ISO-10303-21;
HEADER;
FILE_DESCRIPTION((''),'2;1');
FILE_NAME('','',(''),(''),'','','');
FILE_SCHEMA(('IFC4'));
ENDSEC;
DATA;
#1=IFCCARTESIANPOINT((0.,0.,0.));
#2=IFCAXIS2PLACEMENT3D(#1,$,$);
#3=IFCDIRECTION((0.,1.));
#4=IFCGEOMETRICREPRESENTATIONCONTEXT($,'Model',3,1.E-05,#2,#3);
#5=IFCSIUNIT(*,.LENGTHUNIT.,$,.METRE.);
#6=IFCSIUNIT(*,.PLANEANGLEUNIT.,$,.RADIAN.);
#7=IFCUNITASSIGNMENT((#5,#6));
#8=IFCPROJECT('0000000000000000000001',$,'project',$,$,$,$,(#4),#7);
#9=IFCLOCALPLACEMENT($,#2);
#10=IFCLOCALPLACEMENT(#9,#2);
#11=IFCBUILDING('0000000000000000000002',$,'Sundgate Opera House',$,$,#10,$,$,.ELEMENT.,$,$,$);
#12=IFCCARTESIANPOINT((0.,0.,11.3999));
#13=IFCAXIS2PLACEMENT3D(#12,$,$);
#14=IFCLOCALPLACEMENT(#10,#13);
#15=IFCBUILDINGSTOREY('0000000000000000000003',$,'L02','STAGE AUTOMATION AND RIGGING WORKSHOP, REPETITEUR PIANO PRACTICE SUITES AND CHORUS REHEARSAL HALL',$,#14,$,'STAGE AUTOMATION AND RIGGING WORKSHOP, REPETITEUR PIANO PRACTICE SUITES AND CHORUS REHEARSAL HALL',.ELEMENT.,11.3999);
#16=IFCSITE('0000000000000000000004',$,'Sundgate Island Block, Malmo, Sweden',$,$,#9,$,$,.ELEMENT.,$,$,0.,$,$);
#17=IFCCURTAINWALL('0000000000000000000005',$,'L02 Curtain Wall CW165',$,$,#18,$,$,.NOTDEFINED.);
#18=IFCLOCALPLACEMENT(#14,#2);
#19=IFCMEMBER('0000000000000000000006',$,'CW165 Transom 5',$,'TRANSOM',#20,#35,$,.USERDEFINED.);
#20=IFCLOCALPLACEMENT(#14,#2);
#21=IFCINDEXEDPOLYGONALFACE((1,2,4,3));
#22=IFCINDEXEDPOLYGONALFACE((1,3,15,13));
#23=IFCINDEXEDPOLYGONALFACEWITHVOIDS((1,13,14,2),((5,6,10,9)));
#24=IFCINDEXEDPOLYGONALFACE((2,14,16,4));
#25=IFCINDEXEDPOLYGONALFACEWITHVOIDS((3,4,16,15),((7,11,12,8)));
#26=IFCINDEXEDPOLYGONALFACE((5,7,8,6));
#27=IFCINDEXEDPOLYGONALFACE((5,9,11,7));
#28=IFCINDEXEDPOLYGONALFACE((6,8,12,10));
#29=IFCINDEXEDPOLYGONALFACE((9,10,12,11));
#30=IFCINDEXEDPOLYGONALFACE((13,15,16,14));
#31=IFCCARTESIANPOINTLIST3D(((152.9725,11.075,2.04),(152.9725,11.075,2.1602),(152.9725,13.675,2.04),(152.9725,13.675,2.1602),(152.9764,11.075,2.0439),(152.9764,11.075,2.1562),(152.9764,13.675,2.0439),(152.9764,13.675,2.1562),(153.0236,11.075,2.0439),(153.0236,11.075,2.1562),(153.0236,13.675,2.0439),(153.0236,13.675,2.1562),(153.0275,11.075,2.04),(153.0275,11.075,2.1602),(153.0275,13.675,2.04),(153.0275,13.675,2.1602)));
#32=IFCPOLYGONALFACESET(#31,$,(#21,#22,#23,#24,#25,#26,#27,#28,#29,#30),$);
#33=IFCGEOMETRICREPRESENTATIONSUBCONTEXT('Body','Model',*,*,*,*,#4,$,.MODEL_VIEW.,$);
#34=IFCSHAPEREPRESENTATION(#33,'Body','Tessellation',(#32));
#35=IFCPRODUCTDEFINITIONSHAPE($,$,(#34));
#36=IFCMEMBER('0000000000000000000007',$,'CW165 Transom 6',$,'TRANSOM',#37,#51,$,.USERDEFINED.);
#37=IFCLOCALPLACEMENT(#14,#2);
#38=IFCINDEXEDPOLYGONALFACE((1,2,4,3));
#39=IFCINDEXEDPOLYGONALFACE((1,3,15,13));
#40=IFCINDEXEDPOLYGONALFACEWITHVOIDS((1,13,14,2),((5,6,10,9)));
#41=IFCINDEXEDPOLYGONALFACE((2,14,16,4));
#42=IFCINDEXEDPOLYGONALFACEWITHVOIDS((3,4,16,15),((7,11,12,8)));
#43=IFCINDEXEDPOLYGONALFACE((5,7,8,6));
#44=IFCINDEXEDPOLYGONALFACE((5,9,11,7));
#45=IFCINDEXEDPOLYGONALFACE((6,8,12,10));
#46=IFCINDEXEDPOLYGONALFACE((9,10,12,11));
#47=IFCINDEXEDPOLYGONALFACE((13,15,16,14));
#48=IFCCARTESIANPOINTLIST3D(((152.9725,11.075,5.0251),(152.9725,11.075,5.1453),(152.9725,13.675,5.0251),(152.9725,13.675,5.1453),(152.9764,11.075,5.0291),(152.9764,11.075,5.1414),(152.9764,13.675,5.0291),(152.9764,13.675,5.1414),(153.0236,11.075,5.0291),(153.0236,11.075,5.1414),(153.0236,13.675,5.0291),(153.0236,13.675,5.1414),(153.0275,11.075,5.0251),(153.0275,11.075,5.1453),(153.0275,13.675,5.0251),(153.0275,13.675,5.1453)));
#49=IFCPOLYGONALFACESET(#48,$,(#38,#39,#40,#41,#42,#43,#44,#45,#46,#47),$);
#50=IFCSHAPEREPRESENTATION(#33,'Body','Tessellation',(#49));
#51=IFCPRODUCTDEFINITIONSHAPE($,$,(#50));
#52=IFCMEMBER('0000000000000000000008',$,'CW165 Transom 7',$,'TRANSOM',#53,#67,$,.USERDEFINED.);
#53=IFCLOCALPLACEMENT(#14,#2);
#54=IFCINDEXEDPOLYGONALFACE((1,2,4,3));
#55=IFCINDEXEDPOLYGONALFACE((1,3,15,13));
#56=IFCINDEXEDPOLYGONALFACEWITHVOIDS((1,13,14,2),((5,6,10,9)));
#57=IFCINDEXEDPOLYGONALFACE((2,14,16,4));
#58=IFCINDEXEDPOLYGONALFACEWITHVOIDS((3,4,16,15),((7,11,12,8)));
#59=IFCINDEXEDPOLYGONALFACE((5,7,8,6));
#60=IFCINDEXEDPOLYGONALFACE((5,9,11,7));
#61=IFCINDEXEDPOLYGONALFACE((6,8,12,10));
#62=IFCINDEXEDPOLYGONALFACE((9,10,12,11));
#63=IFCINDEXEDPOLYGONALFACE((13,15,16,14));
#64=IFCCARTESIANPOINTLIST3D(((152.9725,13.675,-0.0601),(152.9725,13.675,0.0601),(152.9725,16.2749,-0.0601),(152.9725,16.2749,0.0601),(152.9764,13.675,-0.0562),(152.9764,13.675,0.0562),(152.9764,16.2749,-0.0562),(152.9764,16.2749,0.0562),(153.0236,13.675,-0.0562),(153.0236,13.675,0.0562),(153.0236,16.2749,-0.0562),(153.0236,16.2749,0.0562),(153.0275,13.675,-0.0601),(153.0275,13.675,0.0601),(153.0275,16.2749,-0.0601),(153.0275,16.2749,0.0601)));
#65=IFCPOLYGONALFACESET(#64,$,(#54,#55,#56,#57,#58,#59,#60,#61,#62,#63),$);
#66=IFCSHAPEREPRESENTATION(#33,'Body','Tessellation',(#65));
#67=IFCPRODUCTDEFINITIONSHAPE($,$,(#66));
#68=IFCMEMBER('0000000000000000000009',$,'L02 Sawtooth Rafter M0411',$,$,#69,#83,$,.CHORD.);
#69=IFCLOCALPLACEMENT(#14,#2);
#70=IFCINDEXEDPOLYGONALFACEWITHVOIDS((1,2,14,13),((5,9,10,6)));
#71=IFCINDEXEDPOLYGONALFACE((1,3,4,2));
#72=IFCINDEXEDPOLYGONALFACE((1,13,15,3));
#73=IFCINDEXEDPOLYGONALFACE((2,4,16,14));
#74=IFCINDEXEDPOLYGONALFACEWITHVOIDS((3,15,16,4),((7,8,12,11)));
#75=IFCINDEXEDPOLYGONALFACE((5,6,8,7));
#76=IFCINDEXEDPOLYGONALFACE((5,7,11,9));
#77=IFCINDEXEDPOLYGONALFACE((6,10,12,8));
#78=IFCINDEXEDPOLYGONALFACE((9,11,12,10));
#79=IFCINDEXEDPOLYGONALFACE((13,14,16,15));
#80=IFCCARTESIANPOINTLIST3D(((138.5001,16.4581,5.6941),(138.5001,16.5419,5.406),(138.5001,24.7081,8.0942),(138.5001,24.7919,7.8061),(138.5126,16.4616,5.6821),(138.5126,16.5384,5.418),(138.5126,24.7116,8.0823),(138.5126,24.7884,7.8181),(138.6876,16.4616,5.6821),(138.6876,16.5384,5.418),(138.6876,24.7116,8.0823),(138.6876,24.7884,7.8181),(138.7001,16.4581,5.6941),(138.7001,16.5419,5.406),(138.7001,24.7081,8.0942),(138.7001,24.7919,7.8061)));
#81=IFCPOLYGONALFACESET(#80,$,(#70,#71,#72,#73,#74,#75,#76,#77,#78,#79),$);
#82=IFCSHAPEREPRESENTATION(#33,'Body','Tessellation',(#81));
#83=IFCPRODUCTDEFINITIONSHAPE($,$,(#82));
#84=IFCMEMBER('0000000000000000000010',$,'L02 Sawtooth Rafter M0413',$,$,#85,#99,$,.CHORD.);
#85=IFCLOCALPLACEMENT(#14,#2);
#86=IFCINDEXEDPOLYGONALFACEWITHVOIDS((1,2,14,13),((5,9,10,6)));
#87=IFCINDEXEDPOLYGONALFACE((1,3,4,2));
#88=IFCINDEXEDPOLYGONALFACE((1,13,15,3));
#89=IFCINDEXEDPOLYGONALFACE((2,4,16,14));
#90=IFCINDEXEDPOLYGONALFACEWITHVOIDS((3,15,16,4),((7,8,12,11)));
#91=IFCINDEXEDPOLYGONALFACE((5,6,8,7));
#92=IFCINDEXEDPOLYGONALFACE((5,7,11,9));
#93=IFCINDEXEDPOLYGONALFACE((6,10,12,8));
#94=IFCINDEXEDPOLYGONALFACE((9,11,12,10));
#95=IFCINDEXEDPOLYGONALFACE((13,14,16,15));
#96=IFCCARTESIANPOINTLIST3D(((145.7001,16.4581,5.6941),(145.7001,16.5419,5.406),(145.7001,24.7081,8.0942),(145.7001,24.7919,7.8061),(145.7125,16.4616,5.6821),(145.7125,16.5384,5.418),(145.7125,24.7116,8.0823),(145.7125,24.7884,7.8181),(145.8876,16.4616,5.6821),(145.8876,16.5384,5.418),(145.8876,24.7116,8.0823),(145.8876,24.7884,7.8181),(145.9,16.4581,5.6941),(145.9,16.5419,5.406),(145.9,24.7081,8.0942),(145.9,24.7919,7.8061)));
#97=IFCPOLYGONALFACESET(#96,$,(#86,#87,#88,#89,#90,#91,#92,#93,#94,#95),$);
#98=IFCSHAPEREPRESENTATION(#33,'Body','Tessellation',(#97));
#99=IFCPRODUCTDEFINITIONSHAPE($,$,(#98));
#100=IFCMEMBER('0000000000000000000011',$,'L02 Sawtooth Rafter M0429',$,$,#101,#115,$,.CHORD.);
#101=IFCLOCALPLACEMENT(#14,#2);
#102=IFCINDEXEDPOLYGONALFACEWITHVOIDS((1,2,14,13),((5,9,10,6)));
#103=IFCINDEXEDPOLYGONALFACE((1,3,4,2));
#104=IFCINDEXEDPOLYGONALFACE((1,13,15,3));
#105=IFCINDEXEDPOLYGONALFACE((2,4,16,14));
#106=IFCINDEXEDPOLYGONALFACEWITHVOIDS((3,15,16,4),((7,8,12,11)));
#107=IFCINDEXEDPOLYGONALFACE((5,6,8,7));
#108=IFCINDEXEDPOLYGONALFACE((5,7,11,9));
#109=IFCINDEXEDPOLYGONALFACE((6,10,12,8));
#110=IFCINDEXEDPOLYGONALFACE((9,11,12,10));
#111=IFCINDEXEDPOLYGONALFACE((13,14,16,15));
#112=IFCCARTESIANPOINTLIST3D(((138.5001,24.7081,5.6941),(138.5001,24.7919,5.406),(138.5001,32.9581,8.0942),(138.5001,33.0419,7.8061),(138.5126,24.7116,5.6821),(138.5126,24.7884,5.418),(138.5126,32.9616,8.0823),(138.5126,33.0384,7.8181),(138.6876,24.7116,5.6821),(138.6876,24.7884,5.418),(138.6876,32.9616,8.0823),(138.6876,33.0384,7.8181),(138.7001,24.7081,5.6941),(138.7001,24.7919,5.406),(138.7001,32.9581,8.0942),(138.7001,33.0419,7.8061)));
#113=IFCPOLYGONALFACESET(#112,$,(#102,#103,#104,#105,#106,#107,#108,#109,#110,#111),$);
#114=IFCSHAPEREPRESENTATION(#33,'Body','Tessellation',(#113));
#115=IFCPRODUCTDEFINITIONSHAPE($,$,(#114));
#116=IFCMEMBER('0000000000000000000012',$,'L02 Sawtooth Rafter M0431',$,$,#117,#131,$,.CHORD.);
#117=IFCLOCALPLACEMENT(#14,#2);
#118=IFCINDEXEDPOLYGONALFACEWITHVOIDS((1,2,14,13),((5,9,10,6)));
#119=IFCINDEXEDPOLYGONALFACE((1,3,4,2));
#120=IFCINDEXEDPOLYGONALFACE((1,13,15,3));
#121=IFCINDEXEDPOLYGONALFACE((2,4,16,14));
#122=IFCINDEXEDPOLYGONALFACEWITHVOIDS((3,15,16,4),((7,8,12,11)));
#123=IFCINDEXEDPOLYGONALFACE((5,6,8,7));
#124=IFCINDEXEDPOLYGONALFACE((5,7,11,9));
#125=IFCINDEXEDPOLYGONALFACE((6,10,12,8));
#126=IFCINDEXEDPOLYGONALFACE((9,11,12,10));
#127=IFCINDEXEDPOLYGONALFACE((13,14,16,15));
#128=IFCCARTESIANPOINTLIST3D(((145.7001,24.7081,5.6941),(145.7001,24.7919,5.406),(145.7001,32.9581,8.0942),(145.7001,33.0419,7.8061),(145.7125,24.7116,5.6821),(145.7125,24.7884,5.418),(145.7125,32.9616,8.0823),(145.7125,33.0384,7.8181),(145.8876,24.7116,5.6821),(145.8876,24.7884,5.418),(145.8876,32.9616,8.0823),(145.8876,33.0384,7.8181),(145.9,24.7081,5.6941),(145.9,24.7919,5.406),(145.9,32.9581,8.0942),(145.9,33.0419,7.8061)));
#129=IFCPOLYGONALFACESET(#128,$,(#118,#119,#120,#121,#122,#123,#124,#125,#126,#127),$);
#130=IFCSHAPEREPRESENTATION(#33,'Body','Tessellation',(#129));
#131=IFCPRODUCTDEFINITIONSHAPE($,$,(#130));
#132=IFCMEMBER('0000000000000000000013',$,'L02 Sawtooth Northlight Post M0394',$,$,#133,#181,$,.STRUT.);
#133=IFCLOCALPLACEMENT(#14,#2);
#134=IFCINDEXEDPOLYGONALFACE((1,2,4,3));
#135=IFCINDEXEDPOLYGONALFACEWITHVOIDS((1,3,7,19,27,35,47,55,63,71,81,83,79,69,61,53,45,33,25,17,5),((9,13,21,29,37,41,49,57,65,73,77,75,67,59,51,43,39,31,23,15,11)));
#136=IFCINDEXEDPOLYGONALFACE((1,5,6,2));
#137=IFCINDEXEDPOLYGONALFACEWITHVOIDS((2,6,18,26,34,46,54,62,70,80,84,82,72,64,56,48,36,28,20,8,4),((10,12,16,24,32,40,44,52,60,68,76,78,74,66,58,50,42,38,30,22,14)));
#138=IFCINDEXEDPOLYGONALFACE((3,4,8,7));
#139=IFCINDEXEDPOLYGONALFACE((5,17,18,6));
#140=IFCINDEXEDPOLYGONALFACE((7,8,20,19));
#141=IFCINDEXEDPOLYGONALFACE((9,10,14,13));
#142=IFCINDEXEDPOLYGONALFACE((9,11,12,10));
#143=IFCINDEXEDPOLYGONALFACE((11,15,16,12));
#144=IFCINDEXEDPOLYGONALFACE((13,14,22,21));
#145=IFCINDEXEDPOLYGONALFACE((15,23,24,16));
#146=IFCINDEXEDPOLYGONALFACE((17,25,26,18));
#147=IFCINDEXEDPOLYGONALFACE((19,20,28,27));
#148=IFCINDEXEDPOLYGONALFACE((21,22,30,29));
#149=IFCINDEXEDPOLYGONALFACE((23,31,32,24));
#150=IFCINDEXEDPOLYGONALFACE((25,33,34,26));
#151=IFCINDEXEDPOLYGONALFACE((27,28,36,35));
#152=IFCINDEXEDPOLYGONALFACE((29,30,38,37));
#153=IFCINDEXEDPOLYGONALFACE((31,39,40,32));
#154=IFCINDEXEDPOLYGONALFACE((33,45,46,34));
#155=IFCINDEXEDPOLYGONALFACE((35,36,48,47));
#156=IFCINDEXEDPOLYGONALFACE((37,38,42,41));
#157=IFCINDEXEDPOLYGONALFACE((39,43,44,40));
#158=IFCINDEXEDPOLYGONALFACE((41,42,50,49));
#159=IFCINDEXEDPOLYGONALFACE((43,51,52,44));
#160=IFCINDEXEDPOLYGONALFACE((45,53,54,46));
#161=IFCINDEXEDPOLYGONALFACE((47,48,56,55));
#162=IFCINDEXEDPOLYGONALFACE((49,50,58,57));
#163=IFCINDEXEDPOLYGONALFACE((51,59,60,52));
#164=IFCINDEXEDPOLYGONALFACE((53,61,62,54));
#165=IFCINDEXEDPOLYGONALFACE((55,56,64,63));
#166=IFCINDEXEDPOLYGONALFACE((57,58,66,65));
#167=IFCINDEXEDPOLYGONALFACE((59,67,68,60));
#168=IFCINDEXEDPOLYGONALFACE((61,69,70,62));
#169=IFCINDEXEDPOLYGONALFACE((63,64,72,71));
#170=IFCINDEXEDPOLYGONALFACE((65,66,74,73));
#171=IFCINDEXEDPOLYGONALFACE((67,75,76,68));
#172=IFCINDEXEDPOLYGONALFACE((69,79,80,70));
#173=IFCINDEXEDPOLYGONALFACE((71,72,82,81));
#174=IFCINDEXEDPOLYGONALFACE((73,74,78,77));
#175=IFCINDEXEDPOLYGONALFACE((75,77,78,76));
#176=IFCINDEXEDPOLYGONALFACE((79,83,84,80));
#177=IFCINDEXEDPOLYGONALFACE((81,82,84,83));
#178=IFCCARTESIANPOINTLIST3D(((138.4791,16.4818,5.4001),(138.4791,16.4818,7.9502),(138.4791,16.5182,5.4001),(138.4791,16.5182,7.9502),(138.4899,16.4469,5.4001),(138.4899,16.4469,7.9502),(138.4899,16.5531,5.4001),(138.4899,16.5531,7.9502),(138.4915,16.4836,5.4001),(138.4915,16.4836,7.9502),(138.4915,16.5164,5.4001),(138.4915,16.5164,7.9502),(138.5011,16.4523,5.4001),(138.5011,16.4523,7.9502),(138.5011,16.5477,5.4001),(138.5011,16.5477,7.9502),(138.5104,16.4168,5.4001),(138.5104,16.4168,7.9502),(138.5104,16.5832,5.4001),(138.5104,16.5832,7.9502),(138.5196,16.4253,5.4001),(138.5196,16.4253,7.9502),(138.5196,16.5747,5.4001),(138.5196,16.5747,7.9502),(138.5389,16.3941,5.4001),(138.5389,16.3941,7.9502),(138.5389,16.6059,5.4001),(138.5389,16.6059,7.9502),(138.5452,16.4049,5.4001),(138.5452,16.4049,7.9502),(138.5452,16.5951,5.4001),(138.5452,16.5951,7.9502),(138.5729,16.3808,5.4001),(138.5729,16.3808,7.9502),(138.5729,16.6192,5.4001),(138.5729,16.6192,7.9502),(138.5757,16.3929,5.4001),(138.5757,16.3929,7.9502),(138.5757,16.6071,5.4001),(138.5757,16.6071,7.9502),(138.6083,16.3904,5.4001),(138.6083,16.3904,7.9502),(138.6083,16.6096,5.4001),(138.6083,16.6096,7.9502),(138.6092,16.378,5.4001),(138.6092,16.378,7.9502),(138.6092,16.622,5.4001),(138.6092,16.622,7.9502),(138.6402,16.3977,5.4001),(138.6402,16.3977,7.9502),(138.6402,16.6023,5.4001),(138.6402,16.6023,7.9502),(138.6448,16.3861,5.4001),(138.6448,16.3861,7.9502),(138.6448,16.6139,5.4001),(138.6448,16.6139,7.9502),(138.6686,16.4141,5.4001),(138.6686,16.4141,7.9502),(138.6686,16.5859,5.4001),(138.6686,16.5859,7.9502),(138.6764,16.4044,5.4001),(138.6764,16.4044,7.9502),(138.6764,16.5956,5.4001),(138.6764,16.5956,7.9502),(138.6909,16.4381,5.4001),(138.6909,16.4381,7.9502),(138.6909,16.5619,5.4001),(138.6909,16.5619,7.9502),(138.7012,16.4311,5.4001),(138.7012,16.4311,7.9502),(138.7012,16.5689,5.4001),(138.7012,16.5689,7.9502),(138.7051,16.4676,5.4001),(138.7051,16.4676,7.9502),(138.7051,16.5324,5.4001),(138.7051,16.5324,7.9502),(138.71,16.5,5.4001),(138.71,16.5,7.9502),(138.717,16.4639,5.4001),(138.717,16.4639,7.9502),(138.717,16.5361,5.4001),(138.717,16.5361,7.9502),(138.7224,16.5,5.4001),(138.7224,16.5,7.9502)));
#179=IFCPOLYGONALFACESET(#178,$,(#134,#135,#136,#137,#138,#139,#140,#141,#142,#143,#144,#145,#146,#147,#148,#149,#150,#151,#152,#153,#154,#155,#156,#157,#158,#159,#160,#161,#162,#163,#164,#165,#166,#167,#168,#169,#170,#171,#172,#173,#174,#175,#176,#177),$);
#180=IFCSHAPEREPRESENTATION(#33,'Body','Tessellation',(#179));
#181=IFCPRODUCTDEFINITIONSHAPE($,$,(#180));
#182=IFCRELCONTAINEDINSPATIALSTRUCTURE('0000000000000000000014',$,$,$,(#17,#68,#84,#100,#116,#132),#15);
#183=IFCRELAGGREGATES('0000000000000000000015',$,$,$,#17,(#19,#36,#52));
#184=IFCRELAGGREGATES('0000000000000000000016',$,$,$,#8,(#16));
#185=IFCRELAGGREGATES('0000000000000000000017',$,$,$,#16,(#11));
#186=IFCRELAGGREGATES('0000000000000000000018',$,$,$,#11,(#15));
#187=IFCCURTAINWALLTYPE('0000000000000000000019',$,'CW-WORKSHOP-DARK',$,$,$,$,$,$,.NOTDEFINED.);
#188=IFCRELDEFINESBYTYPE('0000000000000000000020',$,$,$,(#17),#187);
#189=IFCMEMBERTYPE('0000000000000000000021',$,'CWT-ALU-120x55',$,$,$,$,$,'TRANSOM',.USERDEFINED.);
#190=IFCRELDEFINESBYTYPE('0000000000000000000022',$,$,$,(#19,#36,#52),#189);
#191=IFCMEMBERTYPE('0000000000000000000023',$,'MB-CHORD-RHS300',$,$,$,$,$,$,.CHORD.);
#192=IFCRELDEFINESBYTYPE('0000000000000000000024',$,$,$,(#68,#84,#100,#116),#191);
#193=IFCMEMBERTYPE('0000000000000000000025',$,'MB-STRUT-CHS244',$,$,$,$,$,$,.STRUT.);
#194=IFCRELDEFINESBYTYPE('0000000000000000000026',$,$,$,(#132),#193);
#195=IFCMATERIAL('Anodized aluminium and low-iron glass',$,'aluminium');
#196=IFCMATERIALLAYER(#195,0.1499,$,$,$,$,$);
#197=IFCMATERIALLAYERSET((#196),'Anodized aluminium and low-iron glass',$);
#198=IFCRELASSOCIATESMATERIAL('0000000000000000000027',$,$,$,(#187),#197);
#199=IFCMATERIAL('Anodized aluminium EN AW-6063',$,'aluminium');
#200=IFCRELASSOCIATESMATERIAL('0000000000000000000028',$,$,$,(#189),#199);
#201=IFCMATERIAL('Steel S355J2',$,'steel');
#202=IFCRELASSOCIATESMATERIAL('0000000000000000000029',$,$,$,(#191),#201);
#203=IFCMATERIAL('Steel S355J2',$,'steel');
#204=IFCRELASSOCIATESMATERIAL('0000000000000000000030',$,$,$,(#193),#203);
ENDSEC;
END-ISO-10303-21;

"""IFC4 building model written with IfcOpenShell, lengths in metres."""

from ifc_helpers import new_model, si_unit, direction, frame, origin, origin_2d, place, context, subcontext, project, spatial, hollow_rectangle, hollow_circle, extrude, material, layer, layer_set, material_profile, profile_set, type_object, element, aggregate, save


model = new_model("IFC4")

# Units and contexts
model_context = context("Model", 3, precision=1e-05, world=origin(), true_north=direction((0.0, 1.0)))
body_context = subcontext(model_context, "Body", "Model", "MODEL_VIEW")
ifc_project = project(units=[si_unit("LENGTHUNIT", "METRE"), si_unit("PLANEANGLEUNIT", "RADIAN")], contexts=[model_context])

# Site, building, storey
site_placement = place(None, origin())
site = spatial("IfcSite", under=ifc_project, at=site_placement, Name="Sundgate Island Block, Malmo, Sweden", CompositionType="ELEMENT", RefElevation=0.0)
building_placement = place(site_placement, origin())
building = spatial("IfcBuilding", under=site, at=building_placement, Name="Sundgate Opera House", CompositionType="ELEMENT")
storey_placement = place(building_placement, frame((0.0, 0.0, 11.3999)))
storey = spatial("IfcBuildingStorey", under=building, at=storey_placement, Name="L02", Description="STAGE AUTOMATION AND RIGGING WORKSHOP, REPETITEUR PIANO PRACTICE SUITES AND CHORUS REHEARSAL HALL", LongName="STAGE AUTOMATION AND RIGGING WORKSHOP, REPETITEUR PIANO PRACTICE SUITES AND CHORUS REHEARSAL HALL", CompositionType="ELEMENT", Elevation=11.3999)

# Curtain wall, members
ifc_material_1 = material(Name="Anodized aluminium and low-iron glass", Category="aluminium")
ifc_layer_1 = layer(ifc_material_1, 0.1499)
ifc_layer_set_1 = layer_set([ifc_layer_1], Name="Anodized aluminium and low-iron glass")
curtain_wall_type = type_object("IfcCurtainWallType", Name="CW-WORKSHOP-DARK", PredefinedType="NOTDEFINED", material=ifc_layer_set_1)
curtain_wall_placement = place(storey_placement, origin())
curtain_wall = element("IfcCurtainWall", 1, at=curtain_wall_placement, inside=storey, type_object=curtain_wall_type, Name="L02 Curtain Wall CW165", PredefinedType="NOTDEFINED")
ifc_material_2 = material(Name="Anodized aluminium EN AW-6063", Category="aluminium")
ifc_material_profile_1 = material_profile(ifc_material_2, hollow_rectangle(XDim=0.0549, YDim=0.1201, WallThickness=0.0039, at=origin_2d()), Name="CWT 120x55x4")
ifc_profile_set_1 = profile_set([ifc_material_profile_1], Name="Anodized aluminium EN AW-6063")
member_type_1 = type_object("IfcMemberType", Name="CWT-ALU-120x55", ElementType="TRANSOM", PredefinedType="USERDEFINED", material=ifc_profile_set_1)
member_1_placement = place(storey_placement, frame((153.0, 11.075, 2.1001), z_axis=(0.0, 1.0, 0.0), x_axis=(-1.0, 0.0, 0.0)))
member_1 = element("IfcMember", 2, at=member_1_placement, type_object=member_type_1, Name="CW165 Transom 5", ObjectType="TRANSOM", PredefinedType="USERDEFINED", context=body_context, shape_type="SweptSolid", body=[
    extrude(hollow_rectangle(XDim=0.0549, YDim=0.1201, WallThickness=0.0039, at=origin_2d()), origin(), (0.0, 0.0, 1.0), 2.6001),
])
member_2_placement = place(storey_placement, frame((153.0, 11.075, 5.0852), z_axis=(0.0, 1.0, 0.0), x_axis=(-1.0, 0.0, 0.0)))
member_2 = element("IfcMember", 3, at=member_2_placement, type_object=member_type_1, Name="CW165 Transom 6", ObjectType="TRANSOM", PredefinedType="USERDEFINED", context=body_context, shape_type="SweptSolid", body=[
    extrude(hollow_rectangle(XDim=0.0549, YDim=0.1201, WallThickness=0.0039, at=origin_2d()), origin(), (0.0, 0.0, 1.0), 2.6001),
])
member_3_placement = place(storey_placement, frame((153.0, 13.675, 0.0), z_axis=(0.0, 1.0, 0.0), x_axis=(-1.0, 0.0, 0.0)))
member_3 = element("IfcMember", 4, at=member_3_placement, type_object=member_type_1, Name="CW165 Transom 7", ObjectType="TRANSOM", PredefinedType="USERDEFINED", context=body_context, shape_type="SweptSolid", body=[
    extrude(hollow_rectangle(XDim=0.0549, YDim=0.1201, WallThickness=0.0039, at=origin_2d()), origin(), (0.0, 0.0, 1.0), 2.5999),
])

# Members
ifc_material_3 = material(Name="Steel S355J2", Category="steel")
ifc_material_profile_2 = material_profile(ifc_material_3, hollow_rectangle(XDim=0.2, YDim=0.3, WallThickness=0.0125, at=origin_2d()), Name="RHS 300x200x12.5")
ifc_profile_set_2 = profile_set([ifc_material_profile_2], Name="Steel S355J2")
member_type_2 = type_object("IfcMemberType", Name="MB-CHORD-RHS300", PredefinedType="CHORD", material=ifc_profile_set_2)
for number, where, z_axis, x_axis, name in (
    (5, (138.6001, 16.5, 5.55), (0.0, 0.960191, 0.279345), (-1.0, 0.0, 0.0), "L02 Sawtooth Rafter M0411"),
    (6, (145.8, 16.5, 5.55), (0.0, 0.960191, 0.279345), (-1.0, 0.0, 0.0), "L02 Sawtooth Rafter M0413"),
    (7, (138.6001, 24.75, 5.55), (0.0, 0.960191, 0.279345), (-1.0, 0.0, 0.0), "L02 Sawtooth Rafter M0429"),
    (8, (145.8, 24.75, 5.55), (0.0, 0.960191, 0.279345), (-1.0, 0.0, 0.0), "L02 Sawtooth Rafter M0431"),
):
    element("IfcMember", number, at=place(storey_placement, frame(where, z_axis=z_axis, x_axis=x_axis)), inside=storey, type_object=member_type_2, Name=name, PredefinedType="CHORD", context=body_context, shape_type="SweptSolid", body=[
        extrude(hollow_rectangle(XDim=0.2, YDim=0.3, WallThickness=0.0125, at=origin_2d()), origin(), (0.0, 0.0, 1.0), 8.592),
    ])
ifc_material_4 = material(Name="Steel S355J2", Category="steel")
ifc_material_profile_3 = material_profile(ifc_material_4, hollow_circle(Radius=0.1223, WallThickness=0.0125, at=origin_2d()), Name="CHS 244.5x12.5")
ifc_profile_set_3 = profile_set([ifc_material_profile_3], Name="Steel S355J2")
member_type_3 = type_object("IfcMemberType", Name="MB-STRUT-CHS244", PredefinedType="STRUT", material=ifc_profile_set_3)
for number, where, z_axis, x_axis, name in (
    (9, (138.6001, 16.5, 5.4001), (0.0, 0.0, 1.0), (1.0, 0.0, 0.0), "L02 Sawtooth Northlight Post M0394"),
):
    element("IfcMember", number, at=place(storey_placement, frame(where, z_axis=z_axis, x_axis=x_axis)), inside=storey, type_object=member_type_3, Name=name, PredefinedType="STRUT", context=body_context, shape_type="SweptSolid", body=[
        extrude(hollow_circle(Radius=0.1223, WallThickness=0.0125, at=origin_2d()), origin(), (0.0, 0.0, 1.0), 2.55),
    ])

aggregate(curtain_wall, [member_1, member_2, member_3])

save(model, "model.ifc")
